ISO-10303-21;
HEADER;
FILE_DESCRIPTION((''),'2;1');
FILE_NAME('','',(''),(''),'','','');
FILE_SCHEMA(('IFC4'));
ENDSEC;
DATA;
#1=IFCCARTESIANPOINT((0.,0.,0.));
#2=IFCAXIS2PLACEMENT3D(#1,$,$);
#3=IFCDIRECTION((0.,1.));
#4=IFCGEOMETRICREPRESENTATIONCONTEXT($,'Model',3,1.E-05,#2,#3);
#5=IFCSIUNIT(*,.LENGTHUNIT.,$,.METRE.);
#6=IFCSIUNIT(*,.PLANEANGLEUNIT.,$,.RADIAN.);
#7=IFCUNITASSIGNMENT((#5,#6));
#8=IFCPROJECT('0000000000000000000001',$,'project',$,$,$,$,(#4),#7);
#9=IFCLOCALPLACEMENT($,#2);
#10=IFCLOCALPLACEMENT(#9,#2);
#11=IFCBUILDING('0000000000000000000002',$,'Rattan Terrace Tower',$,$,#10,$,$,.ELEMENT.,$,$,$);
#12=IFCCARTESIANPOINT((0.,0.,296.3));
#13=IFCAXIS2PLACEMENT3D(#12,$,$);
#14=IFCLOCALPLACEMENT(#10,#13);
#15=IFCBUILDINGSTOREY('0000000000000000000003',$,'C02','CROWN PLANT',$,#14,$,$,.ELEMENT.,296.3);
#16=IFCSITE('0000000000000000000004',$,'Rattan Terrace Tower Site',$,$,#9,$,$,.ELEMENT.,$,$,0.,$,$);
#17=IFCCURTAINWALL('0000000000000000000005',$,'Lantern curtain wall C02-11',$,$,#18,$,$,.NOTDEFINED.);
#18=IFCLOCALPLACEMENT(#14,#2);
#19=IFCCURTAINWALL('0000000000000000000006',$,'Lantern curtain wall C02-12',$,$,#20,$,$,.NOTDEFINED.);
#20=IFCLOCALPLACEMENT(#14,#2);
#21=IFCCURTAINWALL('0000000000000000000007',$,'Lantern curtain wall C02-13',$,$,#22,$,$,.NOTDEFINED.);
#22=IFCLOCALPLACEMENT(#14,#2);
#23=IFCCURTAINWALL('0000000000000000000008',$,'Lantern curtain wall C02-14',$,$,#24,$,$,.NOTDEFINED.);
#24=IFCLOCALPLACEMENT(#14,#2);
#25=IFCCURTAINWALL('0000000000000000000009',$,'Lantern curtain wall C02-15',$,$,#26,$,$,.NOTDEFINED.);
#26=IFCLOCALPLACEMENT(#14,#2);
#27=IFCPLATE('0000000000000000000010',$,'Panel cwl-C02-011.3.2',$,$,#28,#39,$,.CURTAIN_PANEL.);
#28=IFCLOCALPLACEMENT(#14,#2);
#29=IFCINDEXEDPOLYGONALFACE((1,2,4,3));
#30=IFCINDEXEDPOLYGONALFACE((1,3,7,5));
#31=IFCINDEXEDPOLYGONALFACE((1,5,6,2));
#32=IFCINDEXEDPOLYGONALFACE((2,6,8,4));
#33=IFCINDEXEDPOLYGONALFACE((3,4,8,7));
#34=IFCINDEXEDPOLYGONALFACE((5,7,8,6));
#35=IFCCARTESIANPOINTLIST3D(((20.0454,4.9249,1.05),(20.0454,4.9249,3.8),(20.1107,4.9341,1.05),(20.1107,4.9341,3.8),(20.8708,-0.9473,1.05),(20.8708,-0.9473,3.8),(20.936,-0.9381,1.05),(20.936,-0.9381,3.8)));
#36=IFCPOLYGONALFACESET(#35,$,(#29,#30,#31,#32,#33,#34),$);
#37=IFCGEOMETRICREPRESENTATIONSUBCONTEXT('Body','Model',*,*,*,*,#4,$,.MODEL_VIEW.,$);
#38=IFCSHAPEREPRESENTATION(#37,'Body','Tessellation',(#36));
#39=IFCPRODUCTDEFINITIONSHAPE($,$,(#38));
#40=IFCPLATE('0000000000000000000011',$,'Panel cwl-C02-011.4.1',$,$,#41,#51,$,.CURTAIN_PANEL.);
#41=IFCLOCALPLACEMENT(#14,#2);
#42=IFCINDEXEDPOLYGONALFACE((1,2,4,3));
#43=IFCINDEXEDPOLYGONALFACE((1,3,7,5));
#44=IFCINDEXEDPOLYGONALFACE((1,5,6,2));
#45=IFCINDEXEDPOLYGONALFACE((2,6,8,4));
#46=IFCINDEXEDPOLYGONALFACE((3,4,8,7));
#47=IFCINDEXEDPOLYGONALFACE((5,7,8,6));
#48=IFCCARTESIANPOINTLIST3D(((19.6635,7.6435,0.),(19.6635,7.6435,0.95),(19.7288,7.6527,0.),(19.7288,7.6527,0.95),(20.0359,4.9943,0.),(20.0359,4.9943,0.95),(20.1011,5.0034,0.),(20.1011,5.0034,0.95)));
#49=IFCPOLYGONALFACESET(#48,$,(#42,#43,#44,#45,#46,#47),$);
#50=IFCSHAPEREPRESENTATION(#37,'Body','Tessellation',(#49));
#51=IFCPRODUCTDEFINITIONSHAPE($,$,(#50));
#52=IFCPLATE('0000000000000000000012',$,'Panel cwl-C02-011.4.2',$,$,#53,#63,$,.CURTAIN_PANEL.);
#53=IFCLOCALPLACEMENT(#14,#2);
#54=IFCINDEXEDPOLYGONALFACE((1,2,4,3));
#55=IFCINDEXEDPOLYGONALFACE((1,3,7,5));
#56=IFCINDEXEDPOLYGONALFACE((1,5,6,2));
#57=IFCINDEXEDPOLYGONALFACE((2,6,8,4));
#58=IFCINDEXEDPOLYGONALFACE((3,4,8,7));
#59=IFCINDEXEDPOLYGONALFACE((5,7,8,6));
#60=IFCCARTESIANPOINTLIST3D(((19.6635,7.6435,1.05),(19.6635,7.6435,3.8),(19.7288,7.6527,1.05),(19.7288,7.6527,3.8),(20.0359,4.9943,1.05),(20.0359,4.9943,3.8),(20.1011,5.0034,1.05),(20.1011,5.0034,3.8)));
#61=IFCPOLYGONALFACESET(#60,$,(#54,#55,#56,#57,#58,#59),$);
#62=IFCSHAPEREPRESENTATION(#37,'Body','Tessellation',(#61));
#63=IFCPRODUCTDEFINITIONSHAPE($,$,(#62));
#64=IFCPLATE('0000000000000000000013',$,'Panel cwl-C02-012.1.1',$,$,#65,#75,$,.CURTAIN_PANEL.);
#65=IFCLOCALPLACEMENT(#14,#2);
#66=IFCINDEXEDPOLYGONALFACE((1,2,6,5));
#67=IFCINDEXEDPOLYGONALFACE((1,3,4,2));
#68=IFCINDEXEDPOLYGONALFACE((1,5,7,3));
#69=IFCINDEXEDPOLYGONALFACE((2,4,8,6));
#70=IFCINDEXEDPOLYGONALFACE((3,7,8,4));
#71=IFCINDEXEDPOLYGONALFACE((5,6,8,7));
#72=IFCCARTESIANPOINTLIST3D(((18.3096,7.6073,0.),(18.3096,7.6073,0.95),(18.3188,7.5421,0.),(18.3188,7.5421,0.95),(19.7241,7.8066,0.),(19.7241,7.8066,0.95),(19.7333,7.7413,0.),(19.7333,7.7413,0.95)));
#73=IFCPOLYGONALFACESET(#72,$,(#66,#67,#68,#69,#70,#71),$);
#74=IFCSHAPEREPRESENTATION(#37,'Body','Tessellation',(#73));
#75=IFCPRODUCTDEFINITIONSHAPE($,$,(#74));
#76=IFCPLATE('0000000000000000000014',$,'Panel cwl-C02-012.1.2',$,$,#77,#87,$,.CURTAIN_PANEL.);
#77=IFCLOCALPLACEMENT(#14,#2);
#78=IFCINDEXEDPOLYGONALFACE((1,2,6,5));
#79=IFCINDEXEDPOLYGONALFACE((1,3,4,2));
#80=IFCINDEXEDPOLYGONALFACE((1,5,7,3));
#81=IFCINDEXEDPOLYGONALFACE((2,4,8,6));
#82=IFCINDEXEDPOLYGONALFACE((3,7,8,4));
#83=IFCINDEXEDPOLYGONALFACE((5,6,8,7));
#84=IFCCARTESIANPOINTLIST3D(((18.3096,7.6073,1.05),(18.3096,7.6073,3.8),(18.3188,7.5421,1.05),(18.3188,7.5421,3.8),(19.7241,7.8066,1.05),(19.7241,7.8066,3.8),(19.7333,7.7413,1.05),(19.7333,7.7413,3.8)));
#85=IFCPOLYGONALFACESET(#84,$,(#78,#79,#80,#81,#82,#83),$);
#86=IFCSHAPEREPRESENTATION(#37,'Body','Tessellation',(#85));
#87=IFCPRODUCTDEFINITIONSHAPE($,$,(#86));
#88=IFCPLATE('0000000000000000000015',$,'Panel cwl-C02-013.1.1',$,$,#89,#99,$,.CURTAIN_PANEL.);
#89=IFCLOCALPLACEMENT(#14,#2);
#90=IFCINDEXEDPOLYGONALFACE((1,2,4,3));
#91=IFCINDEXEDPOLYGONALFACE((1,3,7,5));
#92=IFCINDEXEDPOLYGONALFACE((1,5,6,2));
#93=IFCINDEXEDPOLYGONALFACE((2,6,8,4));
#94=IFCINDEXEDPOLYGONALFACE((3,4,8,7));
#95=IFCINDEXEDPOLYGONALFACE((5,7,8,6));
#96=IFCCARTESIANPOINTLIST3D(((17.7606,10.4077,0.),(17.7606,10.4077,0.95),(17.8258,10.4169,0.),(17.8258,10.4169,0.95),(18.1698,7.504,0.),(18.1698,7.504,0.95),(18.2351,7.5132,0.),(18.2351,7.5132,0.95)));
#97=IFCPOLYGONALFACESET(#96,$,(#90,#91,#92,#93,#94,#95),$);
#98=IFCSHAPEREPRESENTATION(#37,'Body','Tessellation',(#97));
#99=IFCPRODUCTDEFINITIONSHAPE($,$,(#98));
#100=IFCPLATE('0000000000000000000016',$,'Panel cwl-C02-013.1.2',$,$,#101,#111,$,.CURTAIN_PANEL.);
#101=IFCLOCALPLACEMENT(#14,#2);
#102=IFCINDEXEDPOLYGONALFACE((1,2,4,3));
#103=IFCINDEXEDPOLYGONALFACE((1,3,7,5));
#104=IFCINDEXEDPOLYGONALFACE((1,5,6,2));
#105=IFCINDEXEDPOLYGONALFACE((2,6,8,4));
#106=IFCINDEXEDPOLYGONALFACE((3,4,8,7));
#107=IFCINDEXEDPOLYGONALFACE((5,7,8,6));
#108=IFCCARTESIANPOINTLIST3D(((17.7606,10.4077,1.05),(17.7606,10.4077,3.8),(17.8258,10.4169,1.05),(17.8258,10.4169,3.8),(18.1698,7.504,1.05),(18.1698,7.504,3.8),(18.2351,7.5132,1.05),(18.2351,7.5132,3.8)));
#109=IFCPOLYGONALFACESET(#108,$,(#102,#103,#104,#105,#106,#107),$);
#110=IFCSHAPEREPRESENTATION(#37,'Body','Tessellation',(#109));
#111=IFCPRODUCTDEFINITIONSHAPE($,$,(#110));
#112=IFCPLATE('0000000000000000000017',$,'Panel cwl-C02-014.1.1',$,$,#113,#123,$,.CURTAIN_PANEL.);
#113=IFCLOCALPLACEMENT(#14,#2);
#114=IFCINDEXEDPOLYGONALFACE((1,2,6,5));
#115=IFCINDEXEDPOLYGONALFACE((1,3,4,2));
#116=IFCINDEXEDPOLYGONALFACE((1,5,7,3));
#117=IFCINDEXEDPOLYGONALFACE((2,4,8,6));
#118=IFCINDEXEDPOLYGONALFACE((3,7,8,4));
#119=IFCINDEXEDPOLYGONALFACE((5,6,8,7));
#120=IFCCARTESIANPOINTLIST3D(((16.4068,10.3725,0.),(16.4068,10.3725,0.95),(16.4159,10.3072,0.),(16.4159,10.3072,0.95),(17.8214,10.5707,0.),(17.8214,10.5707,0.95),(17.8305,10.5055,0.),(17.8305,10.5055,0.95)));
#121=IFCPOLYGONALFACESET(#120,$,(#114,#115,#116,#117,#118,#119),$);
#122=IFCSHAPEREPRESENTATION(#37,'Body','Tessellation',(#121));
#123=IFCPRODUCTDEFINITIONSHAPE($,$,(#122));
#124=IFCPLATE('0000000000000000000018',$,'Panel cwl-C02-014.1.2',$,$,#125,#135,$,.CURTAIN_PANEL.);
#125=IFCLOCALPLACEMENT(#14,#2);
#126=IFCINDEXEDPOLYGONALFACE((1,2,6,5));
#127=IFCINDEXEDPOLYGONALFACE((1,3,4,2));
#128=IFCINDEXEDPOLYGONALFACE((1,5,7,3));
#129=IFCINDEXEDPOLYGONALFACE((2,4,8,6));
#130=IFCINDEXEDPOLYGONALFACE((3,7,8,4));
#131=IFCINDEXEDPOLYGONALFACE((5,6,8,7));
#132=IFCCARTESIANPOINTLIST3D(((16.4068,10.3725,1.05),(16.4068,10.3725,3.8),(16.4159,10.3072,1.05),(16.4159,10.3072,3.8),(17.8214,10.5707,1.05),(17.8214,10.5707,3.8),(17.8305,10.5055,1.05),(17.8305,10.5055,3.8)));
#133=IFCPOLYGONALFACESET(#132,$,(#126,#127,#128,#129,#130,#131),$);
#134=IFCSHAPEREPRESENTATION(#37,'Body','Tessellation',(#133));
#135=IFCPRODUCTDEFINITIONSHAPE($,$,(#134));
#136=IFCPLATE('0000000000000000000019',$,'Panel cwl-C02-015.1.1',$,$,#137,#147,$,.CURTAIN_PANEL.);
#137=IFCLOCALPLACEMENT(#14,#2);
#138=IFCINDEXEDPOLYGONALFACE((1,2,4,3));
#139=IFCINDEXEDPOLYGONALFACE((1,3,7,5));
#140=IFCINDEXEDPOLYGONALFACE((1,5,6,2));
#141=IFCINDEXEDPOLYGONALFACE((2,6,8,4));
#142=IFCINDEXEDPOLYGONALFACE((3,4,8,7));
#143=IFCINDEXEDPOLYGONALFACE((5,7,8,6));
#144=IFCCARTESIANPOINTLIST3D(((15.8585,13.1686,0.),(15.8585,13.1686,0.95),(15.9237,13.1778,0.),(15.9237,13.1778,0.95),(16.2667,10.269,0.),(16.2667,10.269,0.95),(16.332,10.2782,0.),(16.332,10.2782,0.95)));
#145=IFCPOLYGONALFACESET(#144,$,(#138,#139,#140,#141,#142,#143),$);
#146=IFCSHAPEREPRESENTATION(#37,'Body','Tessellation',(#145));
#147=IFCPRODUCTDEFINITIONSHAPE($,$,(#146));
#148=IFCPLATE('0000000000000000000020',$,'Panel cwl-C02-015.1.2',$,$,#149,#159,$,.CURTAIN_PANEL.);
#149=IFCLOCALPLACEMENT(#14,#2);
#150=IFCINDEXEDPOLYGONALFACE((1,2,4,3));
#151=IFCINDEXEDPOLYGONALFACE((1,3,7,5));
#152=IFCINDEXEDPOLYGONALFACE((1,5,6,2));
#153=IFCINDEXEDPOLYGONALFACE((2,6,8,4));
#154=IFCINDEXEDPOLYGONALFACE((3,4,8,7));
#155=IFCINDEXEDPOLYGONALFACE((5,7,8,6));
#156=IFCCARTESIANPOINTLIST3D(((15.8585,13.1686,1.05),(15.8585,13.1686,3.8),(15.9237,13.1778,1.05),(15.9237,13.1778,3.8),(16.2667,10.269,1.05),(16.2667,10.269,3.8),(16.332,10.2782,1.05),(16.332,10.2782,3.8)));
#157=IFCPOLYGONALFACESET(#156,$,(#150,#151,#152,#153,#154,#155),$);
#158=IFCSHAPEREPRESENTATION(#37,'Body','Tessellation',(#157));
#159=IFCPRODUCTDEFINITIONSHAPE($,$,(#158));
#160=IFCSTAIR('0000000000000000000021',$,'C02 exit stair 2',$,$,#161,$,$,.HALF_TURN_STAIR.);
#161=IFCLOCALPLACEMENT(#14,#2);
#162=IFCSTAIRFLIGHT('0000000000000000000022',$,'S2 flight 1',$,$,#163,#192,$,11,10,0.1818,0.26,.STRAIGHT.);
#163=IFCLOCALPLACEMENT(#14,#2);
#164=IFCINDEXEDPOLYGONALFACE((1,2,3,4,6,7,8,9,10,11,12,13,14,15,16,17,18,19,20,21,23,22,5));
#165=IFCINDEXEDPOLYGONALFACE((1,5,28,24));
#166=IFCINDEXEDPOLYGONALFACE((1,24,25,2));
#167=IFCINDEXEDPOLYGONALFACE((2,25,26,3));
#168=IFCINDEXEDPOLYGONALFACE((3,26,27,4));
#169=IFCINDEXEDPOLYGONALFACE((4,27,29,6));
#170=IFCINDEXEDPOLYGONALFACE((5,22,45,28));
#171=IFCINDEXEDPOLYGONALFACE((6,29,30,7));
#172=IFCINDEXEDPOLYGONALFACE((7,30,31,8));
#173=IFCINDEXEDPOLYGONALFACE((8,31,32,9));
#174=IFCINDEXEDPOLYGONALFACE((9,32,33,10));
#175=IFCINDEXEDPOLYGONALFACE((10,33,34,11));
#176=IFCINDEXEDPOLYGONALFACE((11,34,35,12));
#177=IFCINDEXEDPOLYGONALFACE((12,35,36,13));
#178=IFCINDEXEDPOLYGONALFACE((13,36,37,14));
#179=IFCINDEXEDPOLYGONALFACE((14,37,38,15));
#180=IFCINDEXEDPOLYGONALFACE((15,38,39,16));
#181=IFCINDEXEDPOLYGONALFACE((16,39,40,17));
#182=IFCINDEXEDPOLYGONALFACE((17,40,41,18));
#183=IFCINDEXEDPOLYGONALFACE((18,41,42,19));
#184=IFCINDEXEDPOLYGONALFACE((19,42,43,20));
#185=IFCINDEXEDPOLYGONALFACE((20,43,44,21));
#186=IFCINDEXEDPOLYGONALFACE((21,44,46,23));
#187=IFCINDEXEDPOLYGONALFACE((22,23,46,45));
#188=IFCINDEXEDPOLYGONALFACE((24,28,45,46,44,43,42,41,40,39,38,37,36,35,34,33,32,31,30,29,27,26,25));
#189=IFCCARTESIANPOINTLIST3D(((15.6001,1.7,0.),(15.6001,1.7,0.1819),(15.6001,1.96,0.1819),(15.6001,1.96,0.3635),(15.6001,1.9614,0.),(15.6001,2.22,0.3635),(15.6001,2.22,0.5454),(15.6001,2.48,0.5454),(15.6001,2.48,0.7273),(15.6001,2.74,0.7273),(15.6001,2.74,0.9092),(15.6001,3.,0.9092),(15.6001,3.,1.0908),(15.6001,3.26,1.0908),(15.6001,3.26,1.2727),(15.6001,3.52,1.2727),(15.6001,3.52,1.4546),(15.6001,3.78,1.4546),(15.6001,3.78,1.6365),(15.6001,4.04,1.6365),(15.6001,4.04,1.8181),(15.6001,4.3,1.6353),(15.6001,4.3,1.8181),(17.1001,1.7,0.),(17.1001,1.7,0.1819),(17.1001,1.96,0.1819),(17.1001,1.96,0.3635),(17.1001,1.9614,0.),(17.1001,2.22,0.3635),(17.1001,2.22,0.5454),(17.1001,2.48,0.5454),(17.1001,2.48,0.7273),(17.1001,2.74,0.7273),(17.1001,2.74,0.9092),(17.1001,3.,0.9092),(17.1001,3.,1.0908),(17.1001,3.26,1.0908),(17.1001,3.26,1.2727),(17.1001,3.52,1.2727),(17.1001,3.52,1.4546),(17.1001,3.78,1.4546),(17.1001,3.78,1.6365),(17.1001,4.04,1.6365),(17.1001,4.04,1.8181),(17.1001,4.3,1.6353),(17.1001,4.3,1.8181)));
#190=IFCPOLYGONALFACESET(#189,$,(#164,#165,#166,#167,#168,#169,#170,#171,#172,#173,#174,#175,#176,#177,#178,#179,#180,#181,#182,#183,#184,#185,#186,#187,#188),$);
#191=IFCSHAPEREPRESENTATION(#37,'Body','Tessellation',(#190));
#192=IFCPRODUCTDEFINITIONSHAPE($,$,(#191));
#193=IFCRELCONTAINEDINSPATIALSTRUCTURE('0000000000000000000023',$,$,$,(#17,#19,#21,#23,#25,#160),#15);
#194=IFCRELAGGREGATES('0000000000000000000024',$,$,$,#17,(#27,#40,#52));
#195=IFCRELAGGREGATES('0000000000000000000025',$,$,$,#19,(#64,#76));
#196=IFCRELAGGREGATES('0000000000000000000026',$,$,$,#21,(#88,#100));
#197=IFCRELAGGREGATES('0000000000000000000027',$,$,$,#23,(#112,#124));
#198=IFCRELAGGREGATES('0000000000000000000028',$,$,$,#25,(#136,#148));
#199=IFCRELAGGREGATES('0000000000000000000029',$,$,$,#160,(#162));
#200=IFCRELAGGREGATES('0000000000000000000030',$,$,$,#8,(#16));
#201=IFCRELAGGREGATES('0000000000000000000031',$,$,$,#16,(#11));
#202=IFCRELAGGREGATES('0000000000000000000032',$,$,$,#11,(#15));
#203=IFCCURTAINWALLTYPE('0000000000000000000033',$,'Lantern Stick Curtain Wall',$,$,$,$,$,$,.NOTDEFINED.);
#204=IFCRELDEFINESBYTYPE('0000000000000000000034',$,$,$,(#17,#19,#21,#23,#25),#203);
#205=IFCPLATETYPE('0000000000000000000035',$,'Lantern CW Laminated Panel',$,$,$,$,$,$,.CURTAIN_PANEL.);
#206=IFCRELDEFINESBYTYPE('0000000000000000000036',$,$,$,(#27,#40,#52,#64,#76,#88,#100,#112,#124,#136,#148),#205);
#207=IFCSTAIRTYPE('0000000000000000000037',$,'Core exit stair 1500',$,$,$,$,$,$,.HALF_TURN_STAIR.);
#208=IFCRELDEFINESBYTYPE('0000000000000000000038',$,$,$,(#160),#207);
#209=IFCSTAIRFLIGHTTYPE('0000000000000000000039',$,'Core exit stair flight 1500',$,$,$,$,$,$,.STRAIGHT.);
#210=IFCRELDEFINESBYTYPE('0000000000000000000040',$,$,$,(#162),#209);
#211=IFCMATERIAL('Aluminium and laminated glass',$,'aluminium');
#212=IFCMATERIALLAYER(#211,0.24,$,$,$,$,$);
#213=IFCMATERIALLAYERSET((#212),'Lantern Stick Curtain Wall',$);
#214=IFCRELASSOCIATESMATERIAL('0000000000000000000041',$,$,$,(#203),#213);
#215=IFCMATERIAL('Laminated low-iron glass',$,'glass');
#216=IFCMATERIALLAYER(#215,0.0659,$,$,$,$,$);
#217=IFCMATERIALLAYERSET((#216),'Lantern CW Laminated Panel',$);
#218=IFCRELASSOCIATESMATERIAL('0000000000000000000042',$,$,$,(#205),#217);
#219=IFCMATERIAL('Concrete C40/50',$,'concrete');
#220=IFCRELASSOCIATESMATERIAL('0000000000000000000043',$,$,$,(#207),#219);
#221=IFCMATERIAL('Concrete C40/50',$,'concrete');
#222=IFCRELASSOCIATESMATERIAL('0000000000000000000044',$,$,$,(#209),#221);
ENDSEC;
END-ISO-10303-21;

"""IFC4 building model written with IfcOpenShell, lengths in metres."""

from ifc_helpers import new_model, si_unit, direction, frame, origin, origin_2d, place, context, subcontext, project, spatial, polyline, rectangle, outline, extrude, material, layer, layer_set, type_object, element, aggregate, save


model = new_model("IFC4")

# Units and contexts
model_context = context("Model", 3, precision=1e-05, world=origin(), true_north=direction((0.0, 1.0)))
body_context = subcontext(model_context, "Body", "Model", "MODEL_VIEW")
ifc_project = project(units=[si_unit("LENGTHUNIT", "METRE"), si_unit("PLANEANGLEUNIT", "RADIAN")], contexts=[model_context])

# Site, building, storey
site_placement = place(None, origin())
site = spatial("IfcSite", under=ifc_project, at=site_placement, Name="Rattan Terrace Tower Site", CompositionType="ELEMENT", RefElevation=0.0)
building_placement = place(site_placement, origin())
building = spatial("IfcBuilding", under=site, at=building_placement, Name="Rattan Terrace Tower", CompositionType="ELEMENT")
storey_placement = place(building_placement, frame((0.0, 0.0, 296.3)))
storey = spatial("IfcBuildingStorey", under=building, at=storey_placement, Name="C02", Description="CROWN PLANT", CompositionType="ELEMENT", Elevation=296.3)

# Curtain walls
ifc_material_1 = material(Name="Aluminium and laminated glass", Category="aluminium")
ifc_layer_1 = layer(ifc_material_1, 0.24)
ifc_layer_set_1 = layer_set([ifc_layer_1], Name="Lantern Stick Curtain Wall")
curtain_wall_type = type_object("IfcCurtainWallType", Name="Lantern Stick Curtain Wall", PredefinedType="NOTDEFINED", material=ifc_layer_set_1)
curtain_wall_1_placement = place(storey_placement, origin())
curtain_wall_1 = element("IfcCurtainWall", 1, at=curtain_wall_1_placement, inside=storey, type_object=curtain_wall_type, Name="Lantern curtain wall C02-11", PredefinedType="NOTDEFINED")
curtain_wall_2_placement = place(storey_placement, origin())
curtain_wall_2 = element("IfcCurtainWall", 2, at=curtain_wall_2_placement, inside=storey, type_object=curtain_wall_type, Name="Lantern curtain wall C02-12", PredefinedType="NOTDEFINED")
curtain_wall_3_placement = place(storey_placement, origin())
curtain_wall_3 = element("IfcCurtainWall", 3, at=curtain_wall_3_placement, inside=storey, type_object=curtain_wall_type, Name="Lantern curtain wall C02-13", PredefinedType="NOTDEFINED")
curtain_wall_4_placement = place(storey_placement, origin())
curtain_wall_4 = element("IfcCurtainWall", 4, at=curtain_wall_4_placement, inside=storey, type_object=curtain_wall_type, Name="Lantern curtain wall C02-14", PredefinedType="NOTDEFINED")
curtain_wall_5_placement = place(storey_placement, origin())
curtain_wall_5 = element("IfcCurtainWall", 5, at=curtain_wall_5_placement, inside=storey, type_object=curtain_wall_type, Name="Lantern curtain wall C02-15", PredefinedType="NOTDEFINED")

# Plates
ifc_material_2 = material(Name="Laminated low-iron glass", Category="glass")
ifc_layer_2 = layer(ifc_material_2, 0.0659)
ifc_layer_set_2 = layer_set([ifc_layer_2], Name="Lantern CW Laminated Panel")
plate_type = type_object("IfcPlateType", Name="Lantern CW Laminated Panel", PredefinedType="CURTAIN_PANEL", material=ifc_layer_set_2)
plate_1_placement = place(storey_placement, frame((20.4907, 1.9934, 1.05), z_axis=(0.0, 0.0, 1.0), x_axis=(-0.139188, 0.990266, 0.0)))
plate_1 = element("IfcPlate", 6, at=plate_1_placement, type_object=plate_type, Name="Panel cwl-C02-011.3.2", PredefinedType="CURTAIN_PANEL", context=body_context, shape_type="SweptSolid", body=[
    extrude(rectangle(XDim=5.9299, YDim=0.0659, at=origin_2d()), origin(), (0.0, 0.0, 1.0), 2.75),
])
plate_2_placement = place(storey_placement, frame((19.8823, 6.3235, 0.0), z_axis=(0.0, 0.0, 1.0), x_axis=(-0.139188, 0.990266, 0.0)))
plate_2 = element("IfcPlate", 7, at=plate_2_placement, type_object=plate_type, Name="Panel cwl-C02-011.4.1", PredefinedType="CURTAIN_PANEL", context=body_context, shape_type="SweptSolid", body=[
    extrude(rectangle(XDim=2.6753, YDim=0.0659, at=origin_2d()), origin(), (0.0, 0.0, 1.0), 0.95),
])
plate_3_placement = place(storey_placement, frame((19.8823, 6.3235, 1.05), z_axis=(0.0, 0.0, 1.0), x_axis=(-0.139188, 0.990266, 0.0)))
plate_3 = element("IfcPlate", 8, at=plate_3_placement, type_object=plate_type, Name="Panel cwl-C02-011.4.2", PredefinedType="CURTAIN_PANEL", context=body_context, shape_type="SweptSolid", body=[
    extrude(rectangle(XDim=2.6753, YDim=0.0659, at=origin_2d()), origin(), (0.0, 0.0, 1.0), 2.75),
])
aggregate(curtain_wall_1, [plate_1, plate_2, plate_3])
plate_4_placement = place(storey_placement, frame((19.0215, 7.6743, 0.0), z_axis=(0.0, 0.0, 1.0), x_axis=(-0.990228, -0.139459, 0.0)))
plate_4 = element("IfcPlate", 9, at=plate_4_placement, type_object=plate_type, Name="Panel cwl-C02-012.1.1", PredefinedType="CURTAIN_PANEL", context=body_context, shape_type="SweptSolid", body=[
    extrude(rectangle(XDim=1.4285, YDim=0.0659, at=origin_2d()), origin(), (0.0, 0.0, 1.0), 0.95),
])
plate_5_placement = place(storey_placement, frame((19.0215, 7.6743, 1.05), z_axis=(0.0, 0.0, 1.0), x_axis=(-0.990228, -0.139459, 0.0)))
plate_5 = element("IfcPlate", 10, at=plate_5_placement, type_object=plate_type, Name="Panel cwl-C02-012.1.2", PredefinedType="CURTAIN_PANEL", context=body_context, shape_type="SweptSolid", body=[
    extrude(rectangle(XDim=1.4285, YDim=0.0659, at=origin_2d()), origin(), (0.0, 0.0, 1.0), 2.75),
])
aggregate(curtain_wall_2, [plate_4, plate_5])
plate_6_placement = place(storey_placement, frame((17.9978, 8.9604, 0.0), z_axis=(0.0, 0.0, 1.0), x_axis=(-0.139556, 0.990214, 0.0)))
plate_6 = element("IfcPlate", 11, at=plate_6_placement, type_object=plate_type, Name="Panel cwl-C02-013.1.1", PredefinedType="CURTAIN_PANEL", context=body_context, shape_type="SweptSolid", body=[
    extrude(rectangle(XDim=2.9324, YDim=0.0659, at=origin_2d()), origin(), (0.0, 0.0, 1.0), 0.95),
])
plate_7_placement = place(storey_placement, frame((17.9978, 8.9604, 1.05), z_axis=(0.0, 0.0, 1.0), x_axis=(-0.139556, 0.990214, 0.0)))
plate_7 = element("IfcPlate", 12, at=plate_7_placement, type_object=plate_type, Name="Panel cwl-C02-013.1.2", PredefinedType="CURTAIN_PANEL", context=body_context, shape_type="SweptSolid", body=[
    extrude(rectangle(XDim=2.9324, YDim=0.0659, at=origin_2d()), origin(), (0.0, 0.0, 1.0), 2.75),
])
aggregate(curtain_wall_3, [plate_6, plate_7])
plate_8_placement = place(storey_placement, frame((17.1187, 10.439, 0.0), z_axis=(0.0, 0.0, 1.0), x_axis=(-0.99032, -0.138805, 0.0)))
plate_8 = element("IfcPlate", 13, at=plate_8_placement, type_object=plate_type, Name="Panel cwl-C02-014.1.1", PredefinedType="CURTAIN_PANEL", context=body_context, shape_type="SweptSolid", body=[
    extrude(rectangle(XDim=1.4285, YDim=0.0659, at=origin_2d()), origin(), (0.0, 0.0, 1.0), 0.95),
])
plate_9_placement = place(storey_placement, frame((17.1187, 10.439, 1.05), z_axis=(0.0, 0.0, 1.0), x_axis=(-0.99032, -0.138805, 0.0)))
plate_9 = element("IfcPlate", 14, at=plate_9_placement, type_object=plate_type, Name="Panel cwl-C02-014.1.2", PredefinedType="CURTAIN_PANEL", context=body_context, shape_type="SweptSolid", body=[
    extrude(rectangle(XDim=1.4285, YDim=0.0659, at=origin_2d()), origin(), (0.0, 0.0, 1.0), 2.75),
])
aggregate(curtain_wall_4, [plate_8, plate_9])
plate_10_placement = place(storey_placement, frame((16.0952, 11.7234, 0.0), z_axis=(0.0, 0.0, 1.0), x_axis=(-0.139413, 0.990234, 0.0)))
plate_10 = element("IfcPlate", 15, at=plate_10_placement, type_object=plate_type, Name="Panel cwl-C02-015.1.1", PredefinedType="CURTAIN_PANEL", context=body_context, shape_type="SweptSolid", body=[
    extrude(rectangle(XDim=2.9282, YDim=0.0659, at=origin_2d()), origin(), (0.0, 0.0, 1.0), 0.95),
])
plate_11_placement = place(storey_placement, frame((16.0952, 11.7234, 1.05), z_axis=(0.0, 0.0, 1.0), x_axis=(-0.139413, 0.990234, 0.0)))
plate_11 = element("IfcPlate", 16, at=plate_11_placement, type_object=plate_type, Name="Panel cwl-C02-015.1.2", PredefinedType="CURTAIN_PANEL", context=body_context, shape_type="SweptSolid", body=[
    extrude(rectangle(XDim=2.9282, YDim=0.0659, at=origin_2d()), origin(), (0.0, 0.0, 1.0), 2.75),
])
aggregate(curtain_wall_5, [plate_10, plate_11])

# Stair, stair flight
ifc_material_3 = material(Name="Concrete C40/50", Category="concrete")
stair_type = type_object("IfcStairType", Name="Core exit stair 1500", PredefinedType="HALF_TURN_STAIR", material=ifc_material_3)
stair_placement = place(storey_placement, origin())
stair = element("IfcStair", 17, at=stair_placement, inside=storey, type_object=stair_type, Name="C02 exit stair 2", PredefinedType="HALF_TURN_STAIR")
ifc_material_4 = material(Name="Concrete C40/50", Category="concrete")
stair_flight_type = type_object("IfcStairFlightType", Name="Core exit stair flight 1500", PredefinedType="STRAIGHT", material=ifc_material_4)
stair_flight_placement = place(storey_placement, frame((16.3501, 1.7, 0.0), z_axis=(0.0, 0.0, 1.0), x_axis=(0.0, 1.0, 0.0)))
stair_flight = element("IfcStairFlight", 18, at=stair_flight_placement, type_object=stair_flight_type, Name="S2 flight 1", NumberOfRisers=11, NumberOfTreads=10, PredefinedType="STRAIGHT", RiserHeight=0.1818, TreadLength=0.26, context=body_context, shape_type="SweptSolid", body=[
    extrude(outline(polyline([(0.0, 0.0), (0.0, 0.1819), (0.26, 0.1819), (0.26, 0.3635), (0.52, 0.3635), (0.52, 0.5454), (0.78, 0.5454), (0.78, 0.7273), (1.04, 0.7273), (1.04, 0.9092), (1.3, 0.9092), (1.3, 1.0908), (1.5601, 1.0908), (1.5601, 1.2727), (1.8201, 1.2727), (1.8201, 1.4546), (2.0801, 1.4546), (2.0801, 1.6365), (2.3401, 1.6365), (2.3401, 1.8181), (2.6001, 1.8181), (2.6001, 2.0), (2.6001, 1.6353), (0.2615, 0.0), (0.0, 0.0)])), frame((0.0, 0.75, 0.0), z_axis=(0.0, -1.0, 0.0), x_axis=(1.0, 0.0, 0.0)), (0.0, 0.0, 1.0), 1.5),
])
aggregate(stair, [stair_flight])

save(model, "model.ifc")
